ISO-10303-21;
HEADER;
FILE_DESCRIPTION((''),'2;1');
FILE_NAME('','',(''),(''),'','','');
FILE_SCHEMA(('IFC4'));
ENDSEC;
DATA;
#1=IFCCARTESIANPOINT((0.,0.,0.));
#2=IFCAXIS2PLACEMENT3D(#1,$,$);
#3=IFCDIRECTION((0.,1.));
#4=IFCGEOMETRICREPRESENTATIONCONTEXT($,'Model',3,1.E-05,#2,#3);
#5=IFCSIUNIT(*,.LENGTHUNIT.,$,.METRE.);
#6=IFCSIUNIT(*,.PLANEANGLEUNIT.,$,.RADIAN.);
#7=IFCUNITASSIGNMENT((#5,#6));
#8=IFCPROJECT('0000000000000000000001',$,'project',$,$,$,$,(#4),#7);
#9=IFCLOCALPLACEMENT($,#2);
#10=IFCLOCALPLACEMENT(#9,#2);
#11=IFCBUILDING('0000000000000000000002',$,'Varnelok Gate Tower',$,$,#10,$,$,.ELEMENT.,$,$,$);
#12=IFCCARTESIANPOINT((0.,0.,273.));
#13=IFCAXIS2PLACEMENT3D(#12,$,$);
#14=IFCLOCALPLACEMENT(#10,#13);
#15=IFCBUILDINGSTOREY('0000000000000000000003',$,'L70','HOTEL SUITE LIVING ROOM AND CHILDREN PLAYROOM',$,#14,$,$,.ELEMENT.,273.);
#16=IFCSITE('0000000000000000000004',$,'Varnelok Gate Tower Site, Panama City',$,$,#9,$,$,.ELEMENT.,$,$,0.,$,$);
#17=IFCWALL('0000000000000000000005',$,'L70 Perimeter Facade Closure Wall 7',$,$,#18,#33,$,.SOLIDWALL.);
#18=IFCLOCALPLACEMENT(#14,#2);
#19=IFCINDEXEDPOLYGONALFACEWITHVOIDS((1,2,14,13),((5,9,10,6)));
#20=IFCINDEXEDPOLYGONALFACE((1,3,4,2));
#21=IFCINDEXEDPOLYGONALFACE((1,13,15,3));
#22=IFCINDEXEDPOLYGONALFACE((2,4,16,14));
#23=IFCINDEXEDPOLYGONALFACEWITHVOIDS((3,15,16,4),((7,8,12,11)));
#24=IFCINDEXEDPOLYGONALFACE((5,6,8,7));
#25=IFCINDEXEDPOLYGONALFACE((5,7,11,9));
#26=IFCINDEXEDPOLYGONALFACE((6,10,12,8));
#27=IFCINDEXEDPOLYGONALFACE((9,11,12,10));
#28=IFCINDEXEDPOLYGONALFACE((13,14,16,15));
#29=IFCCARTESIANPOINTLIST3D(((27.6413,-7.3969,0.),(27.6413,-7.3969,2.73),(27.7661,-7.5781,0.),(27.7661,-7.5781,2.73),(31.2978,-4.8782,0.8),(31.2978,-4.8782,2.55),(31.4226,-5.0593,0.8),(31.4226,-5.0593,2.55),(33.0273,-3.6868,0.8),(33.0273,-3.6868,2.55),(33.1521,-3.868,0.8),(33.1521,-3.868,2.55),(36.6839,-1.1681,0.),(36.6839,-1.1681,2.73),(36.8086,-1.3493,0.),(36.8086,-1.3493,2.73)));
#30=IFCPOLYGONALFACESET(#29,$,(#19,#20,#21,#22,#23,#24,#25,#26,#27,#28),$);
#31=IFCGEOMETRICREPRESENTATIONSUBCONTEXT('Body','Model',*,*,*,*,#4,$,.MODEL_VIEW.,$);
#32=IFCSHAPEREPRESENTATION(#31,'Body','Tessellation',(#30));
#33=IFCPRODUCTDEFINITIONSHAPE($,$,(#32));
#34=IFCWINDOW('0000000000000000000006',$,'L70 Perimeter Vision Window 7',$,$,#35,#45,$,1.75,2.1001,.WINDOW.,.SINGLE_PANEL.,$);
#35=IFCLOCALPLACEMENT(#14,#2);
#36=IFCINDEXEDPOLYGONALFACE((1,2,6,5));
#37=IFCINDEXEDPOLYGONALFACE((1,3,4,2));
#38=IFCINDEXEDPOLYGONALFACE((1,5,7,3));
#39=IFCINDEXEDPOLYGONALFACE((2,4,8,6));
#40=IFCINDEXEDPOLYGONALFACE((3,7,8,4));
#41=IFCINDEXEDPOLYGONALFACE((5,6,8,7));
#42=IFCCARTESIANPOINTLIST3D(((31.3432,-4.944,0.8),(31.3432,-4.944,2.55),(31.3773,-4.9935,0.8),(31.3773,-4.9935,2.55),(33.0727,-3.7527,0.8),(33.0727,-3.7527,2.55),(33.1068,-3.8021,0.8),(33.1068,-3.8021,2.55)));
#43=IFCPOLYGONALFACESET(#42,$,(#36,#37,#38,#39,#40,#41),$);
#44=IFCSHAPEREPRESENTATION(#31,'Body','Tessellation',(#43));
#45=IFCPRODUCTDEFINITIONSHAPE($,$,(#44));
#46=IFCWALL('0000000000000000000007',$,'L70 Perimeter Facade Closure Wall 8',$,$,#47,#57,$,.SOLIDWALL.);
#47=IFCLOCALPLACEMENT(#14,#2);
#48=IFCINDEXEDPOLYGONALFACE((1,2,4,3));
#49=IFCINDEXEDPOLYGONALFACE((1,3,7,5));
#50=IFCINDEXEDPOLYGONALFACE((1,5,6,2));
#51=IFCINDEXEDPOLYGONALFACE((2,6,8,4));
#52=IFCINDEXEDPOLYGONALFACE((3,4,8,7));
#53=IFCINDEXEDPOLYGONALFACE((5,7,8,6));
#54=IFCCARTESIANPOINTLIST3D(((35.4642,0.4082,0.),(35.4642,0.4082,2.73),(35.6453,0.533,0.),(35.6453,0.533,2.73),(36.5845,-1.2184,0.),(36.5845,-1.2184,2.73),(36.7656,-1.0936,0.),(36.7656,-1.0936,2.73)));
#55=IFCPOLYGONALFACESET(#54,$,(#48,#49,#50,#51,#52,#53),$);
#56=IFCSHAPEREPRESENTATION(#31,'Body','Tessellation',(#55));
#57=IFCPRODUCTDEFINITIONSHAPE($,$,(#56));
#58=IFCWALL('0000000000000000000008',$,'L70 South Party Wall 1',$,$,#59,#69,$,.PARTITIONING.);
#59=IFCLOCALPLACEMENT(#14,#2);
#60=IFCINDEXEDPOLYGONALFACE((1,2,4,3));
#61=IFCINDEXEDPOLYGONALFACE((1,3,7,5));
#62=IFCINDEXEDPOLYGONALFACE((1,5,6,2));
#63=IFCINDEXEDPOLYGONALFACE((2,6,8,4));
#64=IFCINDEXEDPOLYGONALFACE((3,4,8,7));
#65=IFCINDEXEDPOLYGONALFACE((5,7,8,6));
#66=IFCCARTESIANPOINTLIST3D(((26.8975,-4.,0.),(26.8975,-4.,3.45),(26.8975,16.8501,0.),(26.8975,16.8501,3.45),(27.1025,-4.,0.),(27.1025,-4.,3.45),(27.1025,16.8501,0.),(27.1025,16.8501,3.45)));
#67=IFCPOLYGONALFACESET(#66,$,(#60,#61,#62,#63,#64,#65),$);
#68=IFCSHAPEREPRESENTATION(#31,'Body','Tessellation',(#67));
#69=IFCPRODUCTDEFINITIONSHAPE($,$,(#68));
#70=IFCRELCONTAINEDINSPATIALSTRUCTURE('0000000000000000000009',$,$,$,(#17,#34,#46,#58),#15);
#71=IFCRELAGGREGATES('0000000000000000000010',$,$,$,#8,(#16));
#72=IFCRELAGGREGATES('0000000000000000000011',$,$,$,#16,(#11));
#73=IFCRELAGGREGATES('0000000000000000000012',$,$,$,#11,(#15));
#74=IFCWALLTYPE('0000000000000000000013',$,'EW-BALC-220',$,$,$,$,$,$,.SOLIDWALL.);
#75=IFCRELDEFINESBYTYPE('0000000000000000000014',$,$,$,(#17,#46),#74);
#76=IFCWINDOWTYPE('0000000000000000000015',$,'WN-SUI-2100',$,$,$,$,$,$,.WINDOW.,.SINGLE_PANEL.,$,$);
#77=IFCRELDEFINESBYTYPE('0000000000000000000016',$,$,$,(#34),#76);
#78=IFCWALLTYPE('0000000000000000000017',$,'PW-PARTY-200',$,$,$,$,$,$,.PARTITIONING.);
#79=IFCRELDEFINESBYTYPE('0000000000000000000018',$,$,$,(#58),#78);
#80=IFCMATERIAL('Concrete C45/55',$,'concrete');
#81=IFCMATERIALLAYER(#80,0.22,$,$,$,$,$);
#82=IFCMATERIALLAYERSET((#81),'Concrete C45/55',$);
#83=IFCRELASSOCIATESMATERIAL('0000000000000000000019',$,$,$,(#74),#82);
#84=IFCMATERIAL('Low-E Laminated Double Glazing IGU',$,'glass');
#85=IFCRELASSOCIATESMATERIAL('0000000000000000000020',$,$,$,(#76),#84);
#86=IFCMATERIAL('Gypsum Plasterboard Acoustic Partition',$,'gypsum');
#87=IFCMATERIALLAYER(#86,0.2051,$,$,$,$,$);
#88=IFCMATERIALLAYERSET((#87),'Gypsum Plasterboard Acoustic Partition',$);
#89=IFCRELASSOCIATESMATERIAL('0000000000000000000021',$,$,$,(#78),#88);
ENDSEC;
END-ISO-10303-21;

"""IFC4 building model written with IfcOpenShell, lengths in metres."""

from ifc_helpers import new_model, si_unit, direction, frame, frame_2d, origin, place, context, subcontext, project, spatial, rectangle, extrude, material, layer, layer_set, type_object, element, fill, save


model = new_model("IFC4")

# Units and contexts
model_context = context("Model", 3, precision=1e-05, world=origin(), true_north=direction((0.0, 1.0)))
body_context = subcontext(model_context, "Body", "Model", "MODEL_VIEW")
ifc_project = project(units=[si_unit("LENGTHUNIT", "METRE"), si_unit("PLANEANGLEUNIT", "RADIAN")], contexts=[model_context])

# Site, building, storey
site_placement = place(None, origin())
site = spatial("IfcSite", under=ifc_project, at=site_placement, Name="Varnelok Gate Tower Site, Panama City", CompositionType="ELEMENT", RefElevation=0.0)
building_placement = place(site_placement, origin())
building = spatial("IfcBuilding", under=site, at=building_placement, Name="Varnelok Gate Tower", CompositionType="ELEMENT")
storey_placement = place(building_placement, frame((0.0, 0.0, 273.0)))
storey = spatial("IfcBuildingStorey", under=building, at=storey_placement, Name="L70", Description="HOTEL SUITE LIVING ROOM AND CHILDREN PLAYROOM", CompositionType="ELEMENT", Elevation=273.0)

# Shared definitions
ifc_material_1 = material(Name="Low-E Laminated Double Glazing IGU", Category="glass")

# Shared definitions
ifc_material_2 = material(Name="Concrete C45/55", Category="concrete")
ifc_layer_1 = layer(ifc_material_2, 0.22)
ifc_layer_set_1 = layer_set([ifc_layer_1], Name="Concrete C45/55")
wall_type_1 = type_object("IfcWallType", Name="EW-BALC-220", PredefinedType="SOLIDWALL", material=ifc_layer_set_1)

# Wall, opening, window
wall_1_placement = place(storey_placement, frame((27.7036, -7.4875, 0.0), z_axis=(0.0, 0.0, 1.0), x_axis=(0.823529, 0.567274, 0.0)))
wall_1 = element("IfcWall", 1, at=wall_1_placement, inside=storey, type_object=wall_type_1, Name="L70 Perimeter Facade Closure Wall 7", PredefinedType="SOLIDWALL", context=body_context, shape_type="SweptSolid", body=[
    extrude(rectangle(XDim=10.9802, YDim=0.22, at=frame_2d((5.4902, 0.0))), origin(), (0.0, 0.0, 1.0), 2.73),
])
opening_placement = place(wall_1_placement, frame((4.4402, 0.0, 0.8)))
opening = element("IfcOpeningElement", 2, at=opening_placement, cuts=wall_1, PredefinedType="OPENING", context=body_context, shape_type="SweptSolid", body=[
    extrude(rectangle(XDim=2.1001, YDim=1.75, at=frame_2d((1.05, 0.875))), frame((0.0, 0.1199, 0.0), z_axis=(0.0, -1.0, 0.0), x_axis=(1.0, 0.0, 0.0)), (0.0, 0.0, 1.0), 0.24),
])
window_type = type_object("IfcWindowType", Name="WN-SUI-2100", PartitioningType="SINGLE_PANEL", PredefinedType="WINDOW", material=ifc_material_1)
window_placement = place(opening_placement, origin())
window = element("IfcWindow", 3, at=window_placement, inside=storey, type_object=window_type, Name="L70 Perimeter Vision Window 7", OverallHeight=1.75, OverallWidth=2.1001, PartitioningType="SINGLE_PANEL", PredefinedType="WINDOW", context=body_context, shape_type="SweptSolid", body=[
    extrude(rectangle(XDim=2.1001, YDim=1.75, at=frame_2d((1.05, 0.875))), frame((0.0, 0.03, 0.0), z_axis=(0.0, -1.0, 0.0), x_axis=(1.0, 0.0, 0.0)), (0.0, 0.0, 1.0), 0.0601),
])
fill(opening, window)

# Walls
wall_2_placement = place(storey_placement, frame((36.675, -1.156, 0.0), z_axis=(0.0, 0.0, 1.0), x_axis=(-0.567216, 0.823569, 0.0)))
element("IfcWall", 4, at=wall_2_placement, inside=storey, type_object=wall_type_1, Name="L70 Perimeter Facade Closure Wall 8", PredefinedType="SOLIDWALL", context=body_context, shape_type="SweptSolid", body=[
    extrude(rectangle(XDim=1.9751, YDim=0.22, at=frame_2d((0.9875, 0.0))), origin(), (0.0, 0.0, 1.0), 2.73),
])
ifc_material_3 = material(Name="Gypsum Plasterboard Acoustic Partition", Category="gypsum")
ifc_layer_2 = layer(ifc_material_3, 0.2051)
ifc_layer_set_2 = layer_set([ifc_layer_2], Name="Gypsum Plasterboard Acoustic Partition")
wall_type_2 = type_object("IfcWallType", Name="PW-PARTY-200", PredefinedType="PARTITIONING", material=ifc_layer_set_2)
wall_3_placement = place(storey_placement, frame((27.0, -4.0, 0.0), z_axis=(0.0, 0.0, 1.0), x_axis=(0.0, 1.0, 0.0)))
element("IfcWall", 5, at=wall_3_placement, inside=storey, type_object=wall_type_2, Name="L70 South Party Wall 1", PredefinedType="PARTITIONING", context=body_context, shape_type="SweptSolid", body=[
    extrude(rectangle(XDim=20.8501, YDim=0.2051, at=frame_2d((10.425, 0.0))), origin(), (0.0, 0.0, 1.0), 3.45),
])

save(model, "model.ifc")
